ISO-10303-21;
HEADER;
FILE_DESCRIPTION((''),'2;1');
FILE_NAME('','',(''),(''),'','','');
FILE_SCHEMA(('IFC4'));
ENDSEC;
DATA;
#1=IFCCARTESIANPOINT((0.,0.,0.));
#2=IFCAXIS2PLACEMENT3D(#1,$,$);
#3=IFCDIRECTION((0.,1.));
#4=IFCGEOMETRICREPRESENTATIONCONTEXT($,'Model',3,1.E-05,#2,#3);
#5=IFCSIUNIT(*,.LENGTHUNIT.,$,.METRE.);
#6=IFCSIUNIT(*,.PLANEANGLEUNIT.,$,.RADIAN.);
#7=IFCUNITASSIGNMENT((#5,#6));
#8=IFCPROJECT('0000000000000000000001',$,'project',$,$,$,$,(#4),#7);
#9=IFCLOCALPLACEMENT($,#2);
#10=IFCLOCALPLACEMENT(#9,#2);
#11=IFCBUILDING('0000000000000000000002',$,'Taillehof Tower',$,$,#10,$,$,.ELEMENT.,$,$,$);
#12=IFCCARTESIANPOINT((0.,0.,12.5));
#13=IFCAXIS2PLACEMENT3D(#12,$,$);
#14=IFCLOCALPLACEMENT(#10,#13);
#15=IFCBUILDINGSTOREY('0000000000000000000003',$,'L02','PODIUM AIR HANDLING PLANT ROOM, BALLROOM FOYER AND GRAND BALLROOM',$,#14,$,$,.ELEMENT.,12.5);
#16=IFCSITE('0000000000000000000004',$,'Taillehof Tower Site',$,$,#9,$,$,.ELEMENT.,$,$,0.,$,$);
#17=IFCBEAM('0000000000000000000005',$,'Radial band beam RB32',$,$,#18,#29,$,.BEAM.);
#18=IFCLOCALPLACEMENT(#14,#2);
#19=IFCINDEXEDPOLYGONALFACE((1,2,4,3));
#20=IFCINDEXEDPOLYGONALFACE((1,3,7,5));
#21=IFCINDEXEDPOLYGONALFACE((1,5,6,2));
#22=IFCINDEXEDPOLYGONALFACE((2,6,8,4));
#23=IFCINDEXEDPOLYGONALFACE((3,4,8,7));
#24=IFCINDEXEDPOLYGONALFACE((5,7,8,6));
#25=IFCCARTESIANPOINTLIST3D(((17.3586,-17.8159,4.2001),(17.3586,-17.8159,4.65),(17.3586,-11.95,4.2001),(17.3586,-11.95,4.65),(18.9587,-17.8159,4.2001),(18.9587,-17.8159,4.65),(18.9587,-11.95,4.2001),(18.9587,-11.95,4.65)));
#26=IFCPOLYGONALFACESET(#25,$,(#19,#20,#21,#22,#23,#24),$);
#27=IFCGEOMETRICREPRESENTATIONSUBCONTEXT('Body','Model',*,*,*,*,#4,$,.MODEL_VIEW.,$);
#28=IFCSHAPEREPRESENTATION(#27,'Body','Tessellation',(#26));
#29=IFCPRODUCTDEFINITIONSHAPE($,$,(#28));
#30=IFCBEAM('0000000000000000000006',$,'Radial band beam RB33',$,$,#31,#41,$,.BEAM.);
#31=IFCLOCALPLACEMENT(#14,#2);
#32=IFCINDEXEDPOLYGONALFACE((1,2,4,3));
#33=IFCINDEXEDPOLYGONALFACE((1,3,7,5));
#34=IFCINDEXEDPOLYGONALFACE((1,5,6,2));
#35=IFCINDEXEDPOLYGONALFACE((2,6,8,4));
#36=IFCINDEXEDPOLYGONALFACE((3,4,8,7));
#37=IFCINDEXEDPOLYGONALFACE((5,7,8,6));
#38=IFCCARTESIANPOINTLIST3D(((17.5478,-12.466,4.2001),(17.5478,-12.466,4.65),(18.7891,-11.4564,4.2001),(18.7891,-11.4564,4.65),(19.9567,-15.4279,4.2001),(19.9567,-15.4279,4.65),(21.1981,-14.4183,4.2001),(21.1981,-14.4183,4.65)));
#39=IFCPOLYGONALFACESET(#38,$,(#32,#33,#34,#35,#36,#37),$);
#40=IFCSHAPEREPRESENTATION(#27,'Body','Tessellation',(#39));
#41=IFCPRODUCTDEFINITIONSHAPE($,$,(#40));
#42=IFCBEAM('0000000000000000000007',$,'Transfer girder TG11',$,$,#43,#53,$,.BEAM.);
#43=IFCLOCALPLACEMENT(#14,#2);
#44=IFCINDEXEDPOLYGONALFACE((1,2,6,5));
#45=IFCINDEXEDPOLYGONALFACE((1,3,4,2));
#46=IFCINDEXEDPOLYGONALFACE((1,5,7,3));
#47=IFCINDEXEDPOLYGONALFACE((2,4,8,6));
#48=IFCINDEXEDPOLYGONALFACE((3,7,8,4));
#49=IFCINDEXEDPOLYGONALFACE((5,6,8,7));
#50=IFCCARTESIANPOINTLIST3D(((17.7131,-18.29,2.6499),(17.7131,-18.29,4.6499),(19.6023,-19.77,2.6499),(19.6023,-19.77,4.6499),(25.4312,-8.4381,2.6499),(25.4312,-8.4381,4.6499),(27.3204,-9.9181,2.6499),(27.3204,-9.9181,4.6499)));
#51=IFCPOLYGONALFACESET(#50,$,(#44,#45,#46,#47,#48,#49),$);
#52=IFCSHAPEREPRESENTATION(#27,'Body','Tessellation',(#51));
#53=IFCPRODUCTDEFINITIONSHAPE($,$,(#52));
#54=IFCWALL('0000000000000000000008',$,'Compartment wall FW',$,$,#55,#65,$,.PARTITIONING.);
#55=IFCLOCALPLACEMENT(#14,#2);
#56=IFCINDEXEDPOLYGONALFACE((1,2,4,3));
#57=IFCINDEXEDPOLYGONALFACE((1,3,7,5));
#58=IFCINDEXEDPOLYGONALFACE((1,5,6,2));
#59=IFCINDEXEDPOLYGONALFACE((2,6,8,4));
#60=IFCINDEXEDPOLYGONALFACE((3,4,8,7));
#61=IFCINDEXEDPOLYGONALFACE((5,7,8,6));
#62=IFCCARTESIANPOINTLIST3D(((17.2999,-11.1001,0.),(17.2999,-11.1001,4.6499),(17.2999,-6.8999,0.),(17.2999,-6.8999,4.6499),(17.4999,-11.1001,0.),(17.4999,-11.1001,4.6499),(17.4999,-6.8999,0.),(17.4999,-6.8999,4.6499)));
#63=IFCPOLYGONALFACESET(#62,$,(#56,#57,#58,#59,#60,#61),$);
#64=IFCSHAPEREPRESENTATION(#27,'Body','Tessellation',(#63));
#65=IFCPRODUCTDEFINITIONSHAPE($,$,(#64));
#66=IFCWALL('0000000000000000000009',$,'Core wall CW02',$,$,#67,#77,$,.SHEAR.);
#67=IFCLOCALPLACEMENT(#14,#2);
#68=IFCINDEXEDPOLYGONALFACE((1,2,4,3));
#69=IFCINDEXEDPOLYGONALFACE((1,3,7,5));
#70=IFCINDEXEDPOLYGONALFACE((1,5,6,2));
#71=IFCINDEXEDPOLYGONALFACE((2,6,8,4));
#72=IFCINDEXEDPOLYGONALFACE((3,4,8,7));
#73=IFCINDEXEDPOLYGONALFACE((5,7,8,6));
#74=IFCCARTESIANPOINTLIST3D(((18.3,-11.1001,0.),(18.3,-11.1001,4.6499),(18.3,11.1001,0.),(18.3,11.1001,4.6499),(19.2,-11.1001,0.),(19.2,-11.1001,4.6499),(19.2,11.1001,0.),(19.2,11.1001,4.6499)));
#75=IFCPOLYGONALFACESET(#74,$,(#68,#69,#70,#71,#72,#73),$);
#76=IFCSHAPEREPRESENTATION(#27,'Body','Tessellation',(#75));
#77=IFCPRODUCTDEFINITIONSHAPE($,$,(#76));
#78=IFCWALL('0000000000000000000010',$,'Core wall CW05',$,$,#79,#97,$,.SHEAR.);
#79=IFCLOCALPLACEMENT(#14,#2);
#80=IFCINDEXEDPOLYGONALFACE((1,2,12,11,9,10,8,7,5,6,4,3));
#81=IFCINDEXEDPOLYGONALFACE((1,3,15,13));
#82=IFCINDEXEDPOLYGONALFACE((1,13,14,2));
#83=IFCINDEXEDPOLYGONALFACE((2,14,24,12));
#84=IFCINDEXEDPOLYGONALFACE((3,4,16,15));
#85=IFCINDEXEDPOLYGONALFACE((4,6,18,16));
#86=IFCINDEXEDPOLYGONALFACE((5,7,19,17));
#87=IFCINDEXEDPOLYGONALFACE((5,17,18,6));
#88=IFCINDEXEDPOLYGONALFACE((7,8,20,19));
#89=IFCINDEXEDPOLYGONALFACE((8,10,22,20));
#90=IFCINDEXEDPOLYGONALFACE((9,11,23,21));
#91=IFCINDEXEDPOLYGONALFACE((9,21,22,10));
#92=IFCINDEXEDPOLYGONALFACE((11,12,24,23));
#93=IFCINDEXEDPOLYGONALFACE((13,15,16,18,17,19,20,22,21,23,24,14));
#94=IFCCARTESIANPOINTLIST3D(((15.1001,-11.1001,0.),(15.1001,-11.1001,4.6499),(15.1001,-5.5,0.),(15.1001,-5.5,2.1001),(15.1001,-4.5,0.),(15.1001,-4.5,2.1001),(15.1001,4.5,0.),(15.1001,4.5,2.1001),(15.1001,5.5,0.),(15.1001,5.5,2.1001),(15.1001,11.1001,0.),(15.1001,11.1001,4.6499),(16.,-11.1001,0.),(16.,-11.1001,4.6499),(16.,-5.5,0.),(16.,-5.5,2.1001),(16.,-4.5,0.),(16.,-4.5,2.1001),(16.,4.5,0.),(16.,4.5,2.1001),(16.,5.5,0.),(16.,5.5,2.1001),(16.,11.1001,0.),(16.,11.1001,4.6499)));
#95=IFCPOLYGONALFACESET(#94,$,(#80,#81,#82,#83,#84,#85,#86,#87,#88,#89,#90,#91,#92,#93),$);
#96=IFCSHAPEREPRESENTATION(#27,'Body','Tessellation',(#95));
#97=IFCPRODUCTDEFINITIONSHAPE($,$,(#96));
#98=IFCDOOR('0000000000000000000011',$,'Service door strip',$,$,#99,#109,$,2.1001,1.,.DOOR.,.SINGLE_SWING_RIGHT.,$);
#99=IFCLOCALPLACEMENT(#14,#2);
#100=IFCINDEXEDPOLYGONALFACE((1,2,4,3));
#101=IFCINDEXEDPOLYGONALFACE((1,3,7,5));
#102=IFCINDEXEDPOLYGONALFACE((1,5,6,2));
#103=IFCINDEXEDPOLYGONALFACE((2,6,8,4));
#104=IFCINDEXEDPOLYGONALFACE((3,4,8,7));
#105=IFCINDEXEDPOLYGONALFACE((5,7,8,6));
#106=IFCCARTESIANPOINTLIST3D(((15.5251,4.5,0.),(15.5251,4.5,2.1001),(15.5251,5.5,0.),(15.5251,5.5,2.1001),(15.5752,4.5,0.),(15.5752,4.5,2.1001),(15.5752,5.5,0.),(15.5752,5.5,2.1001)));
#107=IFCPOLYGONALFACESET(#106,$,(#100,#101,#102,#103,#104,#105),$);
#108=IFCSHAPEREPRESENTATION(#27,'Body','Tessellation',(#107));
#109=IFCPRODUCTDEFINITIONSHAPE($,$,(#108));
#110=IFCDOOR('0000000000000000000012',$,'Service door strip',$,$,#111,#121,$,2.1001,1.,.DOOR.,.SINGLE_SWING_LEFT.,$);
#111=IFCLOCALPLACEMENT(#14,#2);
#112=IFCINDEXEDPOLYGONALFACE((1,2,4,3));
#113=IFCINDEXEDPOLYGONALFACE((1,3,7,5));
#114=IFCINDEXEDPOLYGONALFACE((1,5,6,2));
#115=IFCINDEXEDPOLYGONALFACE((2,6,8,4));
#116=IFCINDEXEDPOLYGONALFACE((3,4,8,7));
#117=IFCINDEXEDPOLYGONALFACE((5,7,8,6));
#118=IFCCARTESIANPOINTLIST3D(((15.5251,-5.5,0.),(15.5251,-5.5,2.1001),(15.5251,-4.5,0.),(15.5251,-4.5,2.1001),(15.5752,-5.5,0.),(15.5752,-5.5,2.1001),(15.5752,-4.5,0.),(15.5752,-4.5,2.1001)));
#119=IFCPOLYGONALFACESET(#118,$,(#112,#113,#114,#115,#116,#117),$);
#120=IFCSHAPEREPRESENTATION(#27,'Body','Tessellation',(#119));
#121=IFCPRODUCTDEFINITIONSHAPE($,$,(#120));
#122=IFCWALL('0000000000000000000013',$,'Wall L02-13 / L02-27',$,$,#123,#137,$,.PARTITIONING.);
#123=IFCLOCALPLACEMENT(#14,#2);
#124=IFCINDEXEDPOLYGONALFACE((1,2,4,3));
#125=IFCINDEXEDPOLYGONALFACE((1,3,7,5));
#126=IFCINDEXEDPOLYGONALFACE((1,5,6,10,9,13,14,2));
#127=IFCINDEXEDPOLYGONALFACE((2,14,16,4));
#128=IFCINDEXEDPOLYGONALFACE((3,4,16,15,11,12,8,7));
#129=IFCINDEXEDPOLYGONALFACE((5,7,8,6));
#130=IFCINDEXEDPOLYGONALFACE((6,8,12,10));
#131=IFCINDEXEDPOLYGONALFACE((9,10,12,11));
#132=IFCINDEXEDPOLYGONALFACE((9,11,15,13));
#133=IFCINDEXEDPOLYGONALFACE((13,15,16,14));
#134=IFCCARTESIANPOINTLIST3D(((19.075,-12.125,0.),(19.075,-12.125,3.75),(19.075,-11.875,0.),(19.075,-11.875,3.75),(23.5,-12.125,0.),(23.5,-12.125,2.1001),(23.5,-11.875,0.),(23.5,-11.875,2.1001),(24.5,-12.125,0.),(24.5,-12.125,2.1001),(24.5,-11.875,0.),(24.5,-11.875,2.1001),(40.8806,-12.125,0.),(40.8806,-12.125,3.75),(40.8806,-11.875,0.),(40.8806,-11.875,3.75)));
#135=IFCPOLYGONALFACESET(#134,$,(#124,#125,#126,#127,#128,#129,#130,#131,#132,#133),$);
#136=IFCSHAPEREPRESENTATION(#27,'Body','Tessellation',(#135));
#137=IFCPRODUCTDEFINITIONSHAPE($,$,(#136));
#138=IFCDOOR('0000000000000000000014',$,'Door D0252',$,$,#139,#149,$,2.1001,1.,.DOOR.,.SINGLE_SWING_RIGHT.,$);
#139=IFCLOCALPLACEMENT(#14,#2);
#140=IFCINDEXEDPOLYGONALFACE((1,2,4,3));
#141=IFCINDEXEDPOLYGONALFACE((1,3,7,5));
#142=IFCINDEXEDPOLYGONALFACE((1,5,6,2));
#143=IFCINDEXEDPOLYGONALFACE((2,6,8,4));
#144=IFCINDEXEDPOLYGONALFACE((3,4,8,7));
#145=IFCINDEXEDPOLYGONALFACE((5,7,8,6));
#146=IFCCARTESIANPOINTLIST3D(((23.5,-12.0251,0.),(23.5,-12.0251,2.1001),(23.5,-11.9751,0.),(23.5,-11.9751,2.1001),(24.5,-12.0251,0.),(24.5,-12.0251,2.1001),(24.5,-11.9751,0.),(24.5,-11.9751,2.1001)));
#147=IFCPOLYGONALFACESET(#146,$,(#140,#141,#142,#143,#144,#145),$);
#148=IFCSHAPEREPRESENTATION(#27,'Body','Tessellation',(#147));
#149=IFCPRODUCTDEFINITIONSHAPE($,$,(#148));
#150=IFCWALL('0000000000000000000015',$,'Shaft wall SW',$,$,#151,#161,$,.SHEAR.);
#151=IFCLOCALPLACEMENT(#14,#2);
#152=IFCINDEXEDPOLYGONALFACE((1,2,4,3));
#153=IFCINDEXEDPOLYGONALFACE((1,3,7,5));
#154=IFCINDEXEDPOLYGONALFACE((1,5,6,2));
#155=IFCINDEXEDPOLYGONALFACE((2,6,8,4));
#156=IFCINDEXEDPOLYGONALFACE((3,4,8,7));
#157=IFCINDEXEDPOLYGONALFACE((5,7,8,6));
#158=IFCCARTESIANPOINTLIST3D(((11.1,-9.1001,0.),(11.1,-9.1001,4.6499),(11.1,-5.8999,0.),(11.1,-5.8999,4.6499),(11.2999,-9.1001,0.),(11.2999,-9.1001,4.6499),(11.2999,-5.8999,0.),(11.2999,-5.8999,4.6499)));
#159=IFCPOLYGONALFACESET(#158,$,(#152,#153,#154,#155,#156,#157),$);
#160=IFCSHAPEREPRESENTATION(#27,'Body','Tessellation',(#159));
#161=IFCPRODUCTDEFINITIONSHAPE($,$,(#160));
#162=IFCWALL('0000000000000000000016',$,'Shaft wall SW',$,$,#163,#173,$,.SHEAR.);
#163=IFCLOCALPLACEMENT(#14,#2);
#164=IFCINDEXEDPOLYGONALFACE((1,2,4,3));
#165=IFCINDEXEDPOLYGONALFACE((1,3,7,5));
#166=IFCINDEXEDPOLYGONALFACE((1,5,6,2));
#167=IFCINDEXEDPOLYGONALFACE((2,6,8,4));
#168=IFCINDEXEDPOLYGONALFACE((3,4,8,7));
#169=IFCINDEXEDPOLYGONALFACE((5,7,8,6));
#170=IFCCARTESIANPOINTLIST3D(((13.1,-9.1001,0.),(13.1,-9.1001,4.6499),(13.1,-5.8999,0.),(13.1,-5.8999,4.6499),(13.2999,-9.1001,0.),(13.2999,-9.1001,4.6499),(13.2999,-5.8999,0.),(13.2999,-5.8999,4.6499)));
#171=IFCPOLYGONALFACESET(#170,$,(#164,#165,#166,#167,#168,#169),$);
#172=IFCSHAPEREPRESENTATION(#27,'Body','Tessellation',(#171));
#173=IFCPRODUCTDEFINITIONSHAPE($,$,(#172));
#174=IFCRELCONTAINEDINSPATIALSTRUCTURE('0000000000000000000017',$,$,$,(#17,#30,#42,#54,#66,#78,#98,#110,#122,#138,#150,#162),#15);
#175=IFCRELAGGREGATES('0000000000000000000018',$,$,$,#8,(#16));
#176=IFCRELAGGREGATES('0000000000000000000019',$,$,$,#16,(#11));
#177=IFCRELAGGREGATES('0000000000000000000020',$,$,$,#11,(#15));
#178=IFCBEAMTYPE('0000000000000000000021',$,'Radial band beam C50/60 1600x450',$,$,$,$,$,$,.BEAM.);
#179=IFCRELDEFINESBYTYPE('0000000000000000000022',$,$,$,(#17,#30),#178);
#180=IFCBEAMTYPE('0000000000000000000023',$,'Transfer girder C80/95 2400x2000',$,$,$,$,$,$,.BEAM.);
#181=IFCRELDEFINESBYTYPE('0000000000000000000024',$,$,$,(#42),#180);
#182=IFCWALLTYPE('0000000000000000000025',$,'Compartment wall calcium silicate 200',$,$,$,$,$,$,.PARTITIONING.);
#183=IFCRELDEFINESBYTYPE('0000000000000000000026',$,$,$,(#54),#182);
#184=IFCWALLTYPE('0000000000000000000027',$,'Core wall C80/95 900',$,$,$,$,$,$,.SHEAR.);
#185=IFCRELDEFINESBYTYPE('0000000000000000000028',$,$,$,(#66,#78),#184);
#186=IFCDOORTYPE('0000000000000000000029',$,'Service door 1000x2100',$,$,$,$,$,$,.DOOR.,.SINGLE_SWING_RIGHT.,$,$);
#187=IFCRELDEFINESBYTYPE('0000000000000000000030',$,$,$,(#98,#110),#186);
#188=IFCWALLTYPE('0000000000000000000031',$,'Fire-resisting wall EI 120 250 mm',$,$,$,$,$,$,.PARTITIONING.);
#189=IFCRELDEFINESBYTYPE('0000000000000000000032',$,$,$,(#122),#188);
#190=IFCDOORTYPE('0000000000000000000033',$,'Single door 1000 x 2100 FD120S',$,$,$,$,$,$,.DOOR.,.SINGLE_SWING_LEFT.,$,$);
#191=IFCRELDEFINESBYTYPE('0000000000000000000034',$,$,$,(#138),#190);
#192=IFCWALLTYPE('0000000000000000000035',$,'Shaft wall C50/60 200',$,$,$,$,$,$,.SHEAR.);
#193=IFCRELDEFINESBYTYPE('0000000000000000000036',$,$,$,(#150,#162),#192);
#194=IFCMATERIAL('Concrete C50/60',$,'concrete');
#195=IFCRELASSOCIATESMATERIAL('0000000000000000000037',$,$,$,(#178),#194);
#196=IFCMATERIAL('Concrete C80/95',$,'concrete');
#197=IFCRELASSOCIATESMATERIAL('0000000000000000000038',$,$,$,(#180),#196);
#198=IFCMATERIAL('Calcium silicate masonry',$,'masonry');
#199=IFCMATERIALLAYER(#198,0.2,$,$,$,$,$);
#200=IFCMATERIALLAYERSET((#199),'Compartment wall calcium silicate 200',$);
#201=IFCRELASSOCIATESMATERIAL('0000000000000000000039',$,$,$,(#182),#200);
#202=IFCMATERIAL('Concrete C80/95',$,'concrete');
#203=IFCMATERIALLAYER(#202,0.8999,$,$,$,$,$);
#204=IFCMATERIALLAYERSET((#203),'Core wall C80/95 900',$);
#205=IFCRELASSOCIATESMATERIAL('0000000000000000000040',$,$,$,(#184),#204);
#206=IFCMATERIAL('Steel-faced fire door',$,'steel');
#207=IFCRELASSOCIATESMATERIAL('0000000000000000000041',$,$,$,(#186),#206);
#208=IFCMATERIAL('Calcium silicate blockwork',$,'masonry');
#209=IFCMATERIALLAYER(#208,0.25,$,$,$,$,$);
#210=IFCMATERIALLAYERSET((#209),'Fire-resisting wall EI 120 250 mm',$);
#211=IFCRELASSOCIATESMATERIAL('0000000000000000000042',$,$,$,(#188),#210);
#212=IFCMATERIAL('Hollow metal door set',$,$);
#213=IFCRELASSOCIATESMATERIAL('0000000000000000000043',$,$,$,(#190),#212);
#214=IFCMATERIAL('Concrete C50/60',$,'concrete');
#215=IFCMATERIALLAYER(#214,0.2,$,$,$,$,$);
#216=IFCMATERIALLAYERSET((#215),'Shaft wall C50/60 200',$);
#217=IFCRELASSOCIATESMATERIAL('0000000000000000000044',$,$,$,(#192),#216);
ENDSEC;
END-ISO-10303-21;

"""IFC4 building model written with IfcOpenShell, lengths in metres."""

from ifc_helpers import new_model, si_unit, direction, frame, frame_2d, origin, origin_2d, place, context, subcontext, project, spatial, rectangle, extrude, material, layer, layer_set, material_profile, profile_set, type_object, element, fill, save


model = new_model("IFC4")

# Units and contexts
model_context = context("Model", 3, precision=1e-05, world=origin(), true_north=direction((0.0, 1.0)))
body_context = subcontext(model_context, "Body", "Model", "MODEL_VIEW")
ifc_project = project(units=[si_unit("LENGTHUNIT", "METRE"), si_unit("PLANEANGLEUNIT", "RADIAN")], contexts=[model_context])

# Site, building, storey
site_placement = place(None, origin())
site = spatial("IfcSite", under=ifc_project, at=site_placement, Name="Taillehof Tower Site", CompositionType="ELEMENT", RefElevation=0.0)
building_placement = place(site_placement, origin())
building = spatial("IfcBuilding", under=site, at=building_placement, Name="Taillehof Tower", CompositionType="ELEMENT")
storey_placement = place(building_placement, frame((0.0, 0.0, 12.5)))
storey = spatial("IfcBuildingStorey", under=building, at=storey_placement, Name="L02", Description="PODIUM AIR HANDLING PLANT ROOM, BALLROOM FOYER AND GRAND BALLROOM", CompositionType="ELEMENT", Elevation=12.5)

# Beams
ifc_material_1 = material(Name="Concrete C50/60", Category="concrete")
ifc_material_profile_1 = material_profile(ifc_material_1, rectangle(XDim=1.6001, YDim=0.45, at=origin_2d()), Name="RC 1600x450")
ifc_profile_set_1 = profile_set([ifc_material_profile_1], Name="Concrete C50/60")
beam_type_1 = type_object("IfcBeamType", Name="Radial band beam C50/60 1600x450", PredefinedType="BEAM", material=ifc_profile_set_1)
beam_1_placement = place(storey_placement, frame((18.1587, -17.8159, 4.425), z_axis=(0.0, 1.0, 0.0), x_axis=(-1.0, 0.0, 0.0)))
element("IfcBeam", 1, at=beam_1_placement, inside=storey, type_object=beam_type_1, Name="Radial band beam RB32", PredefinedType="BEAM", context=body_context, shape_type="SweptSolid", body=[
    extrude(rectangle(XDim=1.6001, YDim=0.45, at=origin_2d()), origin(), (0.0, 0.0, 1.0), 5.866),
])
beam_2_placement = place(storey_placement, frame((20.5774, -14.9231, 4.425), z_axis=(-0.630968, 0.775809, 0.0), x_axis=(-0.775809, -0.630968, 0.0)))
element("IfcBeam", 2, at=beam_2_placement, inside=storey, type_object=beam_type_1, Name="Radial band beam RB33", PredefinedType="BEAM", context=body_context, shape_type="SweptSolid", body=[
    extrude(rectangle(XDim=1.6001, YDim=0.45, at=origin_2d()), origin(), (0.0, 0.0, 1.0), 3.8179),
])
ifc_material_2 = material(Name="Concrete C80/95", Category="concrete")
ifc_material_profile_2 = material_profile(ifc_material_2, rectangle(XDim=2.3999, YDim=2.0, at=origin_2d()), Name="RC 2400x2000")
ifc_profile_set_2 = profile_set([ifc_material_profile_2], Name="Concrete C80/95")
beam_type_2 = type_object("IfcBeamType", Name="Transfer girder C80/95 2400x2000", PredefinedType="BEAM", material=ifc_profile_set_2)
beam_3_placement = place(storey_placement, frame((18.6577, -19.03, 3.6499), z_axis=(0.6167, 0.787198, 0.0), x_axis=(-0.787198, 0.6167, 0.0)))
element("IfcBeam", 3, at=beam_3_placement, inside=storey, type_object=beam_type_2, Name="Transfer girder TG11", PredefinedType="BEAM", context=body_context, shape_type="SweptSolid", body=[
    extrude(rectangle(XDim=2.3999, YDim=2.0, at=origin_2d()), origin(), (0.0, 0.0, 1.0), 12.5151),
])

# Walls
ifc_material_3 = material(Name="Calcium silicate masonry", Category="masonry")
ifc_layer_1 = layer(ifc_material_3, 0.2)
ifc_layer_set_1 = layer_set([ifc_layer_1], Name="Compartment wall calcium silicate 200")
wall_type_1 = type_object("IfcWallType", Name="Compartment wall calcium silicate 200", PredefinedType="PARTITIONING", material=ifc_layer_set_1)
wall_1_placement = place(storey_placement, frame((17.3999, -11.1001, 0.0), z_axis=(0.0, 0.0, 1.0), x_axis=(0.0, 1.0, 0.0)))
element("IfcWall", 4, at=wall_1_placement, inside=storey, type_object=wall_type_1, Name="Compartment wall FW", PredefinedType="PARTITIONING", context=body_context, shape_type="SweptSolid", body=[
    extrude(rectangle(XDim=4.2002, YDim=0.2, at=frame_2d((2.1001, 0.0))), origin(), (0.0, 0.0, 1.0), 4.6499),
])
ifc_material_4 = material(Name="Concrete C80/95", Category="concrete")
ifc_layer_2 = layer(ifc_material_4, 0.8999)
ifc_layer_set_2 = layer_set([ifc_layer_2], Name="Core wall C80/95 900")
wall_type_2 = type_object("IfcWallType", Name="Core wall C80/95 900", PredefinedType="SHEAR", material=ifc_layer_set_2)
wall_2_placement = place(storey_placement, frame((18.75, -11.1001, 0.0), z_axis=(0.0, 0.0, 1.0), x_axis=(0.0, 1.0, 0.0)))
element("IfcWall", 5, at=wall_2_placement, inside=storey, type_object=wall_type_2, Name="Core wall CW02", PredefinedType="SHEAR", context=body_context, shape_type="SweptSolid", body=[
    extrude(rectangle(XDim=22.2002, YDim=0.8999, at=frame_2d((11.1001, 0.0))), origin(), (0.0, 0.0, 1.0), 4.6499),
])

# Wall, openings, doors
wall_3_placement = place(storey_placement, frame((15.55, -11.1001, 0.0), z_axis=(0.0, 0.0, 1.0), x_axis=(0.0, 1.0, 0.0)))
wall_3 = element("IfcWall", 6, at=wall_3_placement, inside=storey, type_object=wall_type_2, Name="Core wall CW05", PredefinedType="SHEAR", context=body_context, shape_type="SweptSolid", body=[
    extrude(rectangle(XDim=22.2002, YDim=0.8999, at=frame_2d((11.1001, 0.0))), origin(), (0.0, 0.0, 1.0), 4.6499),
])
opening_1_placement = place(wall_3_placement, frame((15.6001, 0.0, 0.0)))
opening_1 = element("IfcOpeningElement", 7, at=opening_1_placement, cuts=wall_3, PredefinedType="OPENING", context=body_context, shape_type="SweptSolid", body=[
    extrude(rectangle(XDim=1.0, YDim=2.1001, at=frame_2d((0.5, 1.05))), frame((0.0, 0.46, 0.0), z_axis=(0.0, -1.0, 0.0), x_axis=(1.0, 0.0, 0.0)), (0.0, 0.0, 1.0), 0.9199),
])
opening_2_placement = place(wall_3_placement, frame((5.6001, 0.0, 0.0)))
opening_2 = element("IfcOpeningElement", 8, at=opening_2_placement, cuts=wall_3, PredefinedType="OPENING", context=body_context, shape_type="SweptSolid", body=[
    extrude(rectangle(XDim=1.0, YDim=2.1001, at=frame_2d((0.5, 1.05))), frame((0.0, 0.46, 0.0), z_axis=(0.0, -1.0, 0.0), x_axis=(1.0, 0.0, 0.0)), (0.0, 0.0, 1.0), 0.9199),
])
ifc_material_5 = material(Name="Steel-faced fire door", Category="steel")
door_type_1 = type_object("IfcDoorType", Name="Service door 1000x2100", OperationType="SINGLE_SWING_RIGHT", PredefinedType="DOOR", material=ifc_material_5)
door_1_placement = place(opening_1_placement, origin())
door_1 = element("IfcDoor", 9, at=door_1_placement, inside=storey, type_object=door_type_1, Name="Service door strip", OperationType="SINGLE_SWING_RIGHT", OverallHeight=2.1001, OverallWidth=1.0, PredefinedType="DOOR", context=body_context, shape_type="SweptSolid", body=[
    extrude(rectangle(XDim=1.0, YDim=2.1001, at=frame_2d((0.5, 1.05))), frame((0.0, 0.0249, 0.0), z_axis=(0.0, -1.0, 0.0), x_axis=(1.0, 0.0, 0.0)), (0.0, 0.0, 1.0), 0.05),
])
fill(opening_1, door_1)
door_2_placement = place(opening_2_placement, origin())
door_2 = element("IfcDoor", 10, at=door_2_placement, inside=storey, type_object=door_type_1, Name="Service door strip", OperationType="SINGLE_SWING_LEFT", OverallHeight=2.1001, OverallWidth=1.0, PredefinedType="DOOR", context=body_context, shape_type="SweptSolid", body=[
    extrude(rectangle(XDim=1.0, YDim=2.1001, at=frame_2d((0.5, 1.05))), frame((0.0, 0.0249, 0.0), z_axis=(0.0, -1.0, 0.0), x_axis=(1.0, 0.0, 0.0)), (0.0, 0.0, 1.0), 0.05),
])
fill(opening_2, door_2)

# Wall, opening, door
ifc_material_6 = material(Name="Calcium silicate blockwork", Category="masonry")
ifc_layer_3 = layer(ifc_material_6, 0.25)
ifc_layer_set_3 = layer_set([ifc_layer_3], Name="Fire-resisting wall EI 120 250 mm")
wall_type_3 = type_object("IfcWallType", Name="Fire-resisting wall EI 120 250 mm", PredefinedType="PARTITIONING", material=ifc_layer_set_3)
wall_4_placement = place(storey_placement, frame((19.075, -12.0, 0.0), z_axis=(0.0, 0.0, 1.0), x_axis=(1.0, 0.0, 0.0)))
wall_4 = element("IfcWall", 11, at=wall_4_placement, inside=storey, type_object=wall_type_3, Name="Wall L02-13 / L02-27", PredefinedType="PARTITIONING", context=body_context, shape_type="SweptSolid", body=[
    extrude(rectangle(XDim=21.8057, YDim=0.25, at=frame_2d((10.9028, 0.0))), origin(), (0.0, 0.0, 1.0), 3.75),
])
opening_3_placement = place(wall_4_placement, frame((4.425, 0.0, 0.0)))
opening_3 = element("IfcOpeningElement", 12, at=opening_3_placement, cuts=wall_4, PredefinedType="OPENING", context=body_context, shape_type="SweptSolid", body=[
    extrude(rectangle(XDim=1.0, YDim=2.1001, at=frame_2d((0.5, 1.05))), frame((0.0, 0.135, 0.0), z_axis=(0.0, -1.0, 0.0), x_axis=(1.0, 0.0, 0.0)), (0.0, 0.0, 1.0), 0.27),
])
ifc_material_7 = material(Name="Hollow metal door set")
door_type_2 = type_object("IfcDoorType", Name="Single door 1000 x 2100 FD120S", OperationType="SINGLE_SWING_LEFT", PredefinedType="DOOR", material=ifc_material_7)
door_3_placement = place(opening_3_placement, origin())
door_3 = element("IfcDoor", 13, at=door_3_placement, inside=storey, type_object=door_type_2, Name="Door D0252", OperationType="SINGLE_SWING_RIGHT", OverallHeight=2.1001, OverallWidth=1.0, PredefinedType="DOOR", context=body_context, shape_type="SweptSolid", body=[
    extrude(rectangle(XDim=1.0, YDim=2.1001, at=frame_2d((0.5, 1.05))), frame((0.0, 0.0249, 0.0), z_axis=(0.0, -1.0, 0.0), x_axis=(1.0, 0.0, 0.0)), (0.0, 0.0, 1.0), 0.05),
])
fill(opening_3, door_3)

# Walls
ifc_material_8 = material(Name="Concrete C50/60", Category="concrete")
ifc_layer_4 = layer(ifc_material_8, 0.2)
ifc_layer_set_4 = layer_set([ifc_layer_4], Name="Shaft wall C50/60 200")
wall_type_4 = type_object("IfcWallType", Name="Shaft wall C50/60 200", PredefinedType="SHEAR", material=ifc_layer_set_4)
for number, where, z_axis, x_axis, name in (
    (14, (11.2, -9.1001, 0.0), (0.0, 0.0, 1.0), (0.0, 1.0, 0.0), "Shaft wall SW"),
    (15, (13.2, -9.1001, 0.0), (0.0, 0.0, 1.0), (0.0, 1.0, 0.0), "Shaft wall SW"),
):
    element("IfcWall", number, at=place(storey_placement, frame(where, z_axis=z_axis, x_axis=x_axis)), inside=storey, type_object=wall_type_4, Name=name, PredefinedType="SHEAR", context=body_context, shape_type="SweptSolid", body=[
        extrude(rectangle(XDim=3.2002, YDim=0.2, at=frame_2d((1.6001, 0.0))), origin(), (0.0, 0.0, 1.0), 4.6499),
    ])

save(model, "model.ifc")
